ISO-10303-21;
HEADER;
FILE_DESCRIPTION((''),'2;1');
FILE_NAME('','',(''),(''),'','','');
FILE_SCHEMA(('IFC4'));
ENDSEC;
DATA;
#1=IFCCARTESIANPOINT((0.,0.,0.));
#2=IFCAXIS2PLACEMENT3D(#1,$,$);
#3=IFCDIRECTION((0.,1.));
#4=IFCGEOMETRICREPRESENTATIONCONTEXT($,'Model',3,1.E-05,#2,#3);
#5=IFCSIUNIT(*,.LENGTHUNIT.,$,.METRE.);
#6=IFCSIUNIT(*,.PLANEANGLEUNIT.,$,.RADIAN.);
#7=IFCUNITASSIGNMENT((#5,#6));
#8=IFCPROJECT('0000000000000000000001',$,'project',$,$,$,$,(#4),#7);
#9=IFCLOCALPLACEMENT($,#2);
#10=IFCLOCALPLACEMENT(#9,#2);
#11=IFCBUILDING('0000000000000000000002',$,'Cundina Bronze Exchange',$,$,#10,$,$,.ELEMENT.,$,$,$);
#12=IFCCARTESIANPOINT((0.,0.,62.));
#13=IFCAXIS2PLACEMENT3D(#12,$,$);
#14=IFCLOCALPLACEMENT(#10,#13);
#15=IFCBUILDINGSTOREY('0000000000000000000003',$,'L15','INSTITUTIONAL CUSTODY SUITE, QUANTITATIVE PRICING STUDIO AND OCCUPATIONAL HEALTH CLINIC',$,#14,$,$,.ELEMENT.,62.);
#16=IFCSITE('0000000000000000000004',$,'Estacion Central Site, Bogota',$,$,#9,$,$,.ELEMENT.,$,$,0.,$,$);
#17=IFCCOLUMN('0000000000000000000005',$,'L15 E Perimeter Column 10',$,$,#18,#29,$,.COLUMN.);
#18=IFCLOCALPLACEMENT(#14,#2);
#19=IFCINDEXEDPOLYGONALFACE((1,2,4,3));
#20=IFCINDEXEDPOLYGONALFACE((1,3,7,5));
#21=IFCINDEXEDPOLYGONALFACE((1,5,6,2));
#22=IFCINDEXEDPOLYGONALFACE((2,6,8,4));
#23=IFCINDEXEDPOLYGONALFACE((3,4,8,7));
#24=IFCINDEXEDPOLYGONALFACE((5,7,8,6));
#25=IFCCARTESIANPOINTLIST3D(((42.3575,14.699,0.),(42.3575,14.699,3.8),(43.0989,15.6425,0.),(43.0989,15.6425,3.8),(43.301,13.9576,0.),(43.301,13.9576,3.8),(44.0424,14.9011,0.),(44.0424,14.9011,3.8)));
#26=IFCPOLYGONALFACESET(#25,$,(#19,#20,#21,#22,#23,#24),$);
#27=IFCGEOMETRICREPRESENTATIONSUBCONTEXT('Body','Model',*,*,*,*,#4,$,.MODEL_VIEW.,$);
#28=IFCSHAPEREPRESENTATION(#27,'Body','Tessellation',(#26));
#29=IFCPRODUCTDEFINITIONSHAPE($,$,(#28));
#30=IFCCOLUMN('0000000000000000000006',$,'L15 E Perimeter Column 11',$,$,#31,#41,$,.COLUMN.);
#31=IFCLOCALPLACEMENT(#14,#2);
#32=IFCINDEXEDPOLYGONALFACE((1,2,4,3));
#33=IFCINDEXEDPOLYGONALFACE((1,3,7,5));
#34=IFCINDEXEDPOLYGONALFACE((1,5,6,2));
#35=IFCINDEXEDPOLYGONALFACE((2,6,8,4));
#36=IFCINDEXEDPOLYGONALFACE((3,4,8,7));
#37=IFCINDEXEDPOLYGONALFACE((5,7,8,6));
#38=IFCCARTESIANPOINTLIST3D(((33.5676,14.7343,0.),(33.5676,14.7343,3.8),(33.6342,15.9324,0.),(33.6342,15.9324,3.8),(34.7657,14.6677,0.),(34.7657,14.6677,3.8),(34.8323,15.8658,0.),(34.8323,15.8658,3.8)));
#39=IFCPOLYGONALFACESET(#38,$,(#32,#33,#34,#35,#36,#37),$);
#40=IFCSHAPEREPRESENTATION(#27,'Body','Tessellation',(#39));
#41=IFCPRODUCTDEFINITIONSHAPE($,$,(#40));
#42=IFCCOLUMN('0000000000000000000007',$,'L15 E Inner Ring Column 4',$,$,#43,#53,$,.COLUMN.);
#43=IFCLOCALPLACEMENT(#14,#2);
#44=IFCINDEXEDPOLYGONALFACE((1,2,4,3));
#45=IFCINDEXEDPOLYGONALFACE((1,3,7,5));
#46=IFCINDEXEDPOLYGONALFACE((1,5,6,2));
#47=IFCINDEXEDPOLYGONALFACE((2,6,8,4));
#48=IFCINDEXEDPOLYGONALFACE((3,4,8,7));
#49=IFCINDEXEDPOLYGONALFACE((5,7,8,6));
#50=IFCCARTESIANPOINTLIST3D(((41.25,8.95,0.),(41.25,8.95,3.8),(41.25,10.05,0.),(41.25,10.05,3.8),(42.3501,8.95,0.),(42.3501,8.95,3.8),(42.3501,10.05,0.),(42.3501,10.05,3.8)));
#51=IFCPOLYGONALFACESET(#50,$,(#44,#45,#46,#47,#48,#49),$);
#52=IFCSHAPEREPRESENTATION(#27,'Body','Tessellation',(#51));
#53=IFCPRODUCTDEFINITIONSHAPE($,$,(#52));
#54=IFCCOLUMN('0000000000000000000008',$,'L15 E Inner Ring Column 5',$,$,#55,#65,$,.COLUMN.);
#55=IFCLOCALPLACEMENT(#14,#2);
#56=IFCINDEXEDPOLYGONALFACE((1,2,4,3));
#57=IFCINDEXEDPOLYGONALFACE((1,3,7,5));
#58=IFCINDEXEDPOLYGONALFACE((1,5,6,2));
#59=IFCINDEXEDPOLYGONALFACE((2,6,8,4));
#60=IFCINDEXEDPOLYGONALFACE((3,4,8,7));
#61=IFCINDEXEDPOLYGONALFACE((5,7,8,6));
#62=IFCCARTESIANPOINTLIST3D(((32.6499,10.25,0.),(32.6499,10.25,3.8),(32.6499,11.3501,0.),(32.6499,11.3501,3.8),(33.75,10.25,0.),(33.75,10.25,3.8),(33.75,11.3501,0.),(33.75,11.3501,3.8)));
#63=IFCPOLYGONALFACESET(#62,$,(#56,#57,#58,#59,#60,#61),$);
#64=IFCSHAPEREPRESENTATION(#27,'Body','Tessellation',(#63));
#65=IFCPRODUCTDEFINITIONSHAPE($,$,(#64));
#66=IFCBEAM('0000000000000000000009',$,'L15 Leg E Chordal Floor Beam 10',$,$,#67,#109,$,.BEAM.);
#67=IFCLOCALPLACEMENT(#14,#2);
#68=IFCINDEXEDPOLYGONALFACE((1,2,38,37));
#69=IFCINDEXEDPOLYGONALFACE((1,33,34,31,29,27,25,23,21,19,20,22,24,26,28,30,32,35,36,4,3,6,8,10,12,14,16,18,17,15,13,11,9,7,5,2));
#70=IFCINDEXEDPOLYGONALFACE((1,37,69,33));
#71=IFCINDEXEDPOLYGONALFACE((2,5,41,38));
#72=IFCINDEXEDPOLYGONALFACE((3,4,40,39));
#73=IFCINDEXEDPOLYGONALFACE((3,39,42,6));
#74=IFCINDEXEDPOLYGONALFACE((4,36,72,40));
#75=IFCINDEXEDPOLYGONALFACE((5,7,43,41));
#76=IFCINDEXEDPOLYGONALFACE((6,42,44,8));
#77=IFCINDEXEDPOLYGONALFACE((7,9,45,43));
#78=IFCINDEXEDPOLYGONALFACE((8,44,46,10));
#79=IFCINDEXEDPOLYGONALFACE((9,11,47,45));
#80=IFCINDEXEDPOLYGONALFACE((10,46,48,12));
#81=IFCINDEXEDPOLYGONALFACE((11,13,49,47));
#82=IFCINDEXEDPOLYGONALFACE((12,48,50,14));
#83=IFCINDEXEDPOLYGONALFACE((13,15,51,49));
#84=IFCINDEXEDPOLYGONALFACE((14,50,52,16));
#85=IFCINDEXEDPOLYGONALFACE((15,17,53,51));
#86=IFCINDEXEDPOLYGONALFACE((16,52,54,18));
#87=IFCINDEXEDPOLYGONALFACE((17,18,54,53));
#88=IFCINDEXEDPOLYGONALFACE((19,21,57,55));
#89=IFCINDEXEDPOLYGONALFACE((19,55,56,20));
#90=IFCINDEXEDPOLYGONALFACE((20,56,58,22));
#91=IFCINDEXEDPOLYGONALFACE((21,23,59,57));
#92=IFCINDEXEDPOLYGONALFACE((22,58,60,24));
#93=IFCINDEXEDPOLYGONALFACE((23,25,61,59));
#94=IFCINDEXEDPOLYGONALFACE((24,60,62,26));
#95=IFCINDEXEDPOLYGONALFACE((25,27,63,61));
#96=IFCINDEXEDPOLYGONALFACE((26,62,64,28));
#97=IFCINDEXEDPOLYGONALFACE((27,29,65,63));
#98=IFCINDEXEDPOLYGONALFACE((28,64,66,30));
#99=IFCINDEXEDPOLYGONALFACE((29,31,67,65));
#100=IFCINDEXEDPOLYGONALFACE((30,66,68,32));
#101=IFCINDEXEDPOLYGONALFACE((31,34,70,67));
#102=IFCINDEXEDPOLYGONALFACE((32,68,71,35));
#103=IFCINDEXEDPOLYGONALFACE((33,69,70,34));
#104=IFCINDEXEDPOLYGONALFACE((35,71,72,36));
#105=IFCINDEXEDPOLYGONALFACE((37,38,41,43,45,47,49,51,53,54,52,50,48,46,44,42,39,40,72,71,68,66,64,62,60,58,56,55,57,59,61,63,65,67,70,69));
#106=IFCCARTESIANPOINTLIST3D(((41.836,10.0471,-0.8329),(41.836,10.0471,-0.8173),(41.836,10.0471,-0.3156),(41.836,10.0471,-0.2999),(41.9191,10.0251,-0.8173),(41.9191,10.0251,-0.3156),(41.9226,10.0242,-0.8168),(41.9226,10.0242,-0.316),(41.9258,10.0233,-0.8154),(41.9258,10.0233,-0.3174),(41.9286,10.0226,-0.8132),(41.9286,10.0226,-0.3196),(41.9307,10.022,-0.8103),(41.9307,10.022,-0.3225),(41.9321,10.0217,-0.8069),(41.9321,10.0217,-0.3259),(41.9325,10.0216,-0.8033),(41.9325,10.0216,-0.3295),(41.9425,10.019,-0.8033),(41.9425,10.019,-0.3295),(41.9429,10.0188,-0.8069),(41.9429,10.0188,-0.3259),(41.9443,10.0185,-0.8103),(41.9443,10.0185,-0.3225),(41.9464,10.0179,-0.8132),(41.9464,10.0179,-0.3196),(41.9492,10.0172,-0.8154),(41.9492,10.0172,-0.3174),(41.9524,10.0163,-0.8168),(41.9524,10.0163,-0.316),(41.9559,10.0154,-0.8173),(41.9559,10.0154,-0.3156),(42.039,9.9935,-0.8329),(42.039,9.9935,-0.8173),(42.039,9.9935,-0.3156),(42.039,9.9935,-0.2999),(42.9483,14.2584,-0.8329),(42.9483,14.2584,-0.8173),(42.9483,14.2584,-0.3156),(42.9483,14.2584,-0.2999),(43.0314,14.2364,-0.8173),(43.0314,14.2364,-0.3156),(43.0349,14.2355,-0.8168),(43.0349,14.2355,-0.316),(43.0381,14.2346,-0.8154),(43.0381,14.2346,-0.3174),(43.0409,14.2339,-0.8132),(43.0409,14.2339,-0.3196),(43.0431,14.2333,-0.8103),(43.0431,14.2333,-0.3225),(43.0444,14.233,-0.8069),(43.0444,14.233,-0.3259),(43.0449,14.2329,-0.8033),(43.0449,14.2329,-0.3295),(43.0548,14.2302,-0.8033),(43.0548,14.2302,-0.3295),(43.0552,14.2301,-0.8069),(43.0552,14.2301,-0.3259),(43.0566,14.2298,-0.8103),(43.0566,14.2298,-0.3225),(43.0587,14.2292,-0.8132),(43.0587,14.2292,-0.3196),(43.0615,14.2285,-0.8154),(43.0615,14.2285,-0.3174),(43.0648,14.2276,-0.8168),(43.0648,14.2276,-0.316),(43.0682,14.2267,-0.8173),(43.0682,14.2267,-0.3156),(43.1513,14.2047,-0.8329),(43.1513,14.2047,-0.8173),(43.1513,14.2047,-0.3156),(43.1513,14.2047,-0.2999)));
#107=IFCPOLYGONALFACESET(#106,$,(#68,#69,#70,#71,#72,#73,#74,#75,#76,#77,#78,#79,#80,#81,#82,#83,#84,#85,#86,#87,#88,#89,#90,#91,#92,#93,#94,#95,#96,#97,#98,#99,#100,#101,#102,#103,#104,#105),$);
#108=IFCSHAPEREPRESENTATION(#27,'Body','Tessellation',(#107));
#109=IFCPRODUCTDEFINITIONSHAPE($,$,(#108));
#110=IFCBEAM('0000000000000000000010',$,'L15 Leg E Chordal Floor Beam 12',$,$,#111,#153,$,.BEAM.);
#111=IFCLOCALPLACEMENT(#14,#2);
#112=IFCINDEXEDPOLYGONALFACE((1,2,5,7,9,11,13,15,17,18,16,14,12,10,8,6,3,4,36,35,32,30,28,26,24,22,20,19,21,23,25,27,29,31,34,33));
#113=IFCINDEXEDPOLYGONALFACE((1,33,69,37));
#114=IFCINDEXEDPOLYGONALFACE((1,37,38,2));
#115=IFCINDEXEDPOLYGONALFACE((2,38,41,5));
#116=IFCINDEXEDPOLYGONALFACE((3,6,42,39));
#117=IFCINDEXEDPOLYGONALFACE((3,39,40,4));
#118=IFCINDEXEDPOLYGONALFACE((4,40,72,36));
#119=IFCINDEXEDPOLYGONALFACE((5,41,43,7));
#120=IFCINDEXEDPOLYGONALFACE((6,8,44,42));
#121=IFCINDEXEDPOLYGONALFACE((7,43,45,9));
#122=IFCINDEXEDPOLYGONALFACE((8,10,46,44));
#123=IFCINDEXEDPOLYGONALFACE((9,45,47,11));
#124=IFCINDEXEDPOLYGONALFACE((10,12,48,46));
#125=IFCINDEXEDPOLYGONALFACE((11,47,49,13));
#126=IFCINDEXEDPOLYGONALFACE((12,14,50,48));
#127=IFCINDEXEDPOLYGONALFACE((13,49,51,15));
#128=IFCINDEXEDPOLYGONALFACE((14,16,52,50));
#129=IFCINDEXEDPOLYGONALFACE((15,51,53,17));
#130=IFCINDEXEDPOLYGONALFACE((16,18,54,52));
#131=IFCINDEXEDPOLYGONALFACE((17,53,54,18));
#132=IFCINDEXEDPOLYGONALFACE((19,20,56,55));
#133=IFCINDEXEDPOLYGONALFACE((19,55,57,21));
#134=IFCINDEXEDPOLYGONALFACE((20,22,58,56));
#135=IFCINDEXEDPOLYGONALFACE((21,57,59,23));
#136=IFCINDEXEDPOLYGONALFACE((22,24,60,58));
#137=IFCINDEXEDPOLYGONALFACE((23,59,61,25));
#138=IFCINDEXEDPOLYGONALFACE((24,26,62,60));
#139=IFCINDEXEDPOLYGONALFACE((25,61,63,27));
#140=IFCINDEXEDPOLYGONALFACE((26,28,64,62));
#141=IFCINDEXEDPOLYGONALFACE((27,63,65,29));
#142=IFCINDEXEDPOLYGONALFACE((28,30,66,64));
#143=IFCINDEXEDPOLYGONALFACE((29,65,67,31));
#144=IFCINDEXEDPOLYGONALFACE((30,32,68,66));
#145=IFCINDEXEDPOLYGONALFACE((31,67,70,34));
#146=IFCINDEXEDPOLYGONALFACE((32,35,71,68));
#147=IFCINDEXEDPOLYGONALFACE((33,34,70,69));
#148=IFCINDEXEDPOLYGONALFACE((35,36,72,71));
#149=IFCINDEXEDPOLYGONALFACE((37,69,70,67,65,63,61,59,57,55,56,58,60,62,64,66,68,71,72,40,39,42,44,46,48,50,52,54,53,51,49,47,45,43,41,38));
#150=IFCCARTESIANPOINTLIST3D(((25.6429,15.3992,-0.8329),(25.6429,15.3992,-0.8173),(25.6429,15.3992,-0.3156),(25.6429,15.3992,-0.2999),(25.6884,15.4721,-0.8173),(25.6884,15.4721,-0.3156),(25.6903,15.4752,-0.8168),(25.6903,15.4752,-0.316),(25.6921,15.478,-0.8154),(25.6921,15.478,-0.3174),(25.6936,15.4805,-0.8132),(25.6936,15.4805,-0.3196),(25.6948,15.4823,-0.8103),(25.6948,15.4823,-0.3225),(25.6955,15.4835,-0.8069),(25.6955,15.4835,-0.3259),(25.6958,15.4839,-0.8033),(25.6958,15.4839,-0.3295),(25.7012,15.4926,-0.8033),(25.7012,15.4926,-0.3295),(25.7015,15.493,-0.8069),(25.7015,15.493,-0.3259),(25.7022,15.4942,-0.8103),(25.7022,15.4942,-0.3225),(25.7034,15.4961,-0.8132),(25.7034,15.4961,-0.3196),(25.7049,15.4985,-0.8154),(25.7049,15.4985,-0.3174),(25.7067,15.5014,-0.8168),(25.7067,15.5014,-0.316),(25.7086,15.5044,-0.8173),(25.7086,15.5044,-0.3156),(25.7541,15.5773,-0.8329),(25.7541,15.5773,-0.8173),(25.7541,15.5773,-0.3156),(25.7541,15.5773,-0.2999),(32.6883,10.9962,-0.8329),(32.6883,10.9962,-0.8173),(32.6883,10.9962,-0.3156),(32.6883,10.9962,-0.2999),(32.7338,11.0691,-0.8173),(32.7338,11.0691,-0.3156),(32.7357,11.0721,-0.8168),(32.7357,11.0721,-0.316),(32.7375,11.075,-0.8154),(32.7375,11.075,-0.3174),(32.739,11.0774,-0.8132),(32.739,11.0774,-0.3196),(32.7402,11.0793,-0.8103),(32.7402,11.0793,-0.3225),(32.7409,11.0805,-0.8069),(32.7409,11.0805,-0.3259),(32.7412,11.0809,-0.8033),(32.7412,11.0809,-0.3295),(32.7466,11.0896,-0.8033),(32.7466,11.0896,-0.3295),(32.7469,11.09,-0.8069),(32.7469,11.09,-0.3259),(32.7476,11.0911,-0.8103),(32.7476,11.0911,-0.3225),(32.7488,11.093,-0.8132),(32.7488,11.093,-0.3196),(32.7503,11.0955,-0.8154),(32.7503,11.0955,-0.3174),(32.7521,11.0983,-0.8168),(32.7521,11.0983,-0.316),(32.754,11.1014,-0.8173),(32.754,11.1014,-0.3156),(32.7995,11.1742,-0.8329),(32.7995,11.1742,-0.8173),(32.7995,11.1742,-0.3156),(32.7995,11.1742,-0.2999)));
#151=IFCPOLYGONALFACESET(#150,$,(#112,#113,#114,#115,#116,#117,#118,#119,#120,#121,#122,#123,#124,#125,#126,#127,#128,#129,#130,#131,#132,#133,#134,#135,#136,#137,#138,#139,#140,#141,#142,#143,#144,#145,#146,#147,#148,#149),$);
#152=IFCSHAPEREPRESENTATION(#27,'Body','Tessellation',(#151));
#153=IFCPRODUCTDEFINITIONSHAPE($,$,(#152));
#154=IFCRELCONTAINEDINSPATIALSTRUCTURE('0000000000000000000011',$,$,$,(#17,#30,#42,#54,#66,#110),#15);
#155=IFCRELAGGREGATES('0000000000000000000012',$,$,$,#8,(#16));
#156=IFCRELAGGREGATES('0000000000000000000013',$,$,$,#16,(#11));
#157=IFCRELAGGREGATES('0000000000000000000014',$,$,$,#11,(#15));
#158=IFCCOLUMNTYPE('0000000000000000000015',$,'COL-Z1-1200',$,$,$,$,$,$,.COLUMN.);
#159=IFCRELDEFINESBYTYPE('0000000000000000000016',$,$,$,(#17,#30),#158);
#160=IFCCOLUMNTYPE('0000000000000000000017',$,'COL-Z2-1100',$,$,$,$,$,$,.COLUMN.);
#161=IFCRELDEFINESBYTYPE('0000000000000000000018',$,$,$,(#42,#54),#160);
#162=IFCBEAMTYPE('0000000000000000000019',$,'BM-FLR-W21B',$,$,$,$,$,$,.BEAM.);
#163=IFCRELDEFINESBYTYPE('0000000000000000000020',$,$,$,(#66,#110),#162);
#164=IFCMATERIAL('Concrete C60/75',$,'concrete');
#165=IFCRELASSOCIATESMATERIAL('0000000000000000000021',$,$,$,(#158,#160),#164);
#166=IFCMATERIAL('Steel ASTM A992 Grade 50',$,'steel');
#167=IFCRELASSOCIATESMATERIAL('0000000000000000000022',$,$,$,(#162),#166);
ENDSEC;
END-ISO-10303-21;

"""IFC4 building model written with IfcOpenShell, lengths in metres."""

from ifc_helpers import new_model, si_unit, direction, frame, origin, origin_2d, place, context, subcontext, project, spatial, rectangle, i_section, extrude, material, material_profile, profile_set, type_object, element, save


model = new_model("IFC4")

# Units and contexts
model_context = context("Model", 3, precision=1e-05, world=origin(), true_north=direction((0.0, 1.0)))
body_context = subcontext(model_context, "Body", "Model", "MODEL_VIEW")
ifc_project = project(units=[si_unit("LENGTHUNIT", "METRE"), si_unit("PLANEANGLEUNIT", "RADIAN")], contexts=[model_context])

# Site, building, storey
site_placement = place(None, origin())
site = spatial("IfcSite", under=ifc_project, at=site_placement, Name="Estacion Central Site, Bogota", CompositionType="ELEMENT", RefElevation=0.0)
building_placement = place(site_placement, origin())
building = spatial("IfcBuilding", under=site, at=building_placement, Name="Cundina Bronze Exchange", CompositionType="ELEMENT")
storey_placement = place(building_placement, frame((0.0, 0.0, 62.0)))
storey = spatial("IfcBuildingStorey", under=building, at=storey_placement, Name="L15", Description="INSTITUTIONAL CUSTODY SUITE, QUANTITATIVE PRICING STUDIO AND OCCUPATIONAL HEALTH CLINIC", CompositionType="ELEMENT", Elevation=62.0)

# Columns
ifc_material_1 = material(Name="Concrete C60/75", Category="concrete")
ifc_material_profile_1 = material_profile(ifc_material_1, rectangle(XDim=1.2, YDim=1.2, at=origin_2d()), Name="RC1200X1200", Category="concrete")
ifc_profile_set_1 = profile_set([ifc_material_profile_1], Name="Concrete C60/75")
column_type_1 = type_object("IfcColumnType", Name="COL-Z1-1200", PredefinedType="COLUMN", material=ifc_profile_set_1)
for number, where, z_axis, x_axis, name in (
    (1, (43.2, 14.8, 0.0), (0.0, 0.0, 1.0), (-0.786288, 0.61786, 0.0), "L15 E Perimeter Column 10"),
    (2, (34.2, 15.3, 0.0), (0.0, 0.0, 1.0), (-0.99846, 0.055473, 0.0), "L15 E Perimeter Column 11"),
):
    element("IfcColumn", number, at=place(storey_placement, frame(where, z_axis=z_axis, x_axis=x_axis)), inside=storey, type_object=column_type_1, Name=name, PredefinedType="COLUMN", context=body_context, shape_type="SweptSolid", body=[
        extrude(rectangle(XDim=1.2, YDim=1.2, at=origin_2d()), origin(), (0.0, 0.0, 1.0), 3.8),
    ])
ifc_material_profile_2 = material_profile(ifc_material_1, rectangle(XDim=1.1001, YDim=1.1001, at=origin_2d()), Name="RC1100X1100", Category="concrete")
ifc_profile_set_2 = profile_set([ifc_material_profile_2], Name="Concrete C60/75")
column_type_2 = type_object("IfcColumnType", Name="COL-Z2-1100", PredefinedType="COLUMN", material=ifc_profile_set_2)
for number, where, z_axis, x_axis, name in (
    (3, (41.8, 9.5, 0.0), (0.0, 0.0, 1.0), (1.0, 0.0, 0.0), "L15 E Inner Ring Column 4"),
    (4, (33.2, 10.8, 0.0), (0.0, 0.0, 1.0), (1.0, 0.0, 0.0), "L15 E Inner Ring Column 5"),
):
    element("IfcColumn", number, at=place(storey_placement, frame(where, z_axis=z_axis, x_axis=x_axis)), inside=storey, type_object=column_type_2, Name=name, PredefinedType="COLUMN", context=body_context, shape_type="SweptSolid", body=[
        extrude(rectangle(XDim=1.1001, YDim=1.1001, at=origin_2d()), origin(), (0.0, 0.0, 1.0), 3.8),
    ])

# Beams
ifc_material_2 = material(Name="Steel ASTM A992 Grade 50", Category="steel")
ifc_material_profile_3 = material_profile(ifc_material_2, i_section(OverallWidth=0.21, OverallDepth=0.533, WebThickness=0.0103, FlangeThickness=0.0156, FilletRadius=0.0139, at=origin_2d()), Name="W21X62", Category="steel")
ifc_profile_set_3 = profile_set([ifc_material_profile_3], Name="Steel ASTM A992 Grade 50")
beam_type_1 = type_object("IfcBeamType", Name="BM-FLR-W21B", PredefinedType="BEAM", material=ifc_profile_set_3)
beam_1_placement = place(storey_placement, frame((41.9375, 10.0203, -0.5664), z_axis=(0.255373, 0.966843, 0.0), x_axis=(-0.966843, 0.255373, 0.0)))
element("IfcBeam", 5, at=beam_1_placement, inside=storey, type_object=beam_type_1, Name="L15 Leg E Chordal Floor Beam 10", PredefinedType="BEAM", context=body_context, shape_type="SweptSolid", body=[
    extrude(i_section(OverallWidth=0.21, OverallDepth=0.533, WebThickness=0.0103, FlangeThickness=0.0156, FilletRadius=0.0139, at=origin_2d()), origin(), (0.0, 0.0, 1.0), 4.3557),
])
beam_2_placement = place(storey_placement, frame((32.7439, 11.0852, -0.5664), z_axis=(-0.848015, 0.529973, 0.0), x_axis=(-0.529973, -0.848015, 0.0)))
element("IfcBeam", 6, at=beam_2_placement, inside=storey, type_object=beam_type_1, Name="L15 Leg E Chordal Floor Beam 12", PredefinedType="BEAM", context=body_context, shape_type="SweptSolid", body=[
    extrude(i_section(OverallWidth=0.21, OverallDepth=0.533, WebThickness=0.0103, FlangeThickness=0.0156, FilletRadius=0.0139, at=origin_2d()), origin(), (0.0, 0.0, 1.0), 8.3081),
])

save(model, "model.ifc")
